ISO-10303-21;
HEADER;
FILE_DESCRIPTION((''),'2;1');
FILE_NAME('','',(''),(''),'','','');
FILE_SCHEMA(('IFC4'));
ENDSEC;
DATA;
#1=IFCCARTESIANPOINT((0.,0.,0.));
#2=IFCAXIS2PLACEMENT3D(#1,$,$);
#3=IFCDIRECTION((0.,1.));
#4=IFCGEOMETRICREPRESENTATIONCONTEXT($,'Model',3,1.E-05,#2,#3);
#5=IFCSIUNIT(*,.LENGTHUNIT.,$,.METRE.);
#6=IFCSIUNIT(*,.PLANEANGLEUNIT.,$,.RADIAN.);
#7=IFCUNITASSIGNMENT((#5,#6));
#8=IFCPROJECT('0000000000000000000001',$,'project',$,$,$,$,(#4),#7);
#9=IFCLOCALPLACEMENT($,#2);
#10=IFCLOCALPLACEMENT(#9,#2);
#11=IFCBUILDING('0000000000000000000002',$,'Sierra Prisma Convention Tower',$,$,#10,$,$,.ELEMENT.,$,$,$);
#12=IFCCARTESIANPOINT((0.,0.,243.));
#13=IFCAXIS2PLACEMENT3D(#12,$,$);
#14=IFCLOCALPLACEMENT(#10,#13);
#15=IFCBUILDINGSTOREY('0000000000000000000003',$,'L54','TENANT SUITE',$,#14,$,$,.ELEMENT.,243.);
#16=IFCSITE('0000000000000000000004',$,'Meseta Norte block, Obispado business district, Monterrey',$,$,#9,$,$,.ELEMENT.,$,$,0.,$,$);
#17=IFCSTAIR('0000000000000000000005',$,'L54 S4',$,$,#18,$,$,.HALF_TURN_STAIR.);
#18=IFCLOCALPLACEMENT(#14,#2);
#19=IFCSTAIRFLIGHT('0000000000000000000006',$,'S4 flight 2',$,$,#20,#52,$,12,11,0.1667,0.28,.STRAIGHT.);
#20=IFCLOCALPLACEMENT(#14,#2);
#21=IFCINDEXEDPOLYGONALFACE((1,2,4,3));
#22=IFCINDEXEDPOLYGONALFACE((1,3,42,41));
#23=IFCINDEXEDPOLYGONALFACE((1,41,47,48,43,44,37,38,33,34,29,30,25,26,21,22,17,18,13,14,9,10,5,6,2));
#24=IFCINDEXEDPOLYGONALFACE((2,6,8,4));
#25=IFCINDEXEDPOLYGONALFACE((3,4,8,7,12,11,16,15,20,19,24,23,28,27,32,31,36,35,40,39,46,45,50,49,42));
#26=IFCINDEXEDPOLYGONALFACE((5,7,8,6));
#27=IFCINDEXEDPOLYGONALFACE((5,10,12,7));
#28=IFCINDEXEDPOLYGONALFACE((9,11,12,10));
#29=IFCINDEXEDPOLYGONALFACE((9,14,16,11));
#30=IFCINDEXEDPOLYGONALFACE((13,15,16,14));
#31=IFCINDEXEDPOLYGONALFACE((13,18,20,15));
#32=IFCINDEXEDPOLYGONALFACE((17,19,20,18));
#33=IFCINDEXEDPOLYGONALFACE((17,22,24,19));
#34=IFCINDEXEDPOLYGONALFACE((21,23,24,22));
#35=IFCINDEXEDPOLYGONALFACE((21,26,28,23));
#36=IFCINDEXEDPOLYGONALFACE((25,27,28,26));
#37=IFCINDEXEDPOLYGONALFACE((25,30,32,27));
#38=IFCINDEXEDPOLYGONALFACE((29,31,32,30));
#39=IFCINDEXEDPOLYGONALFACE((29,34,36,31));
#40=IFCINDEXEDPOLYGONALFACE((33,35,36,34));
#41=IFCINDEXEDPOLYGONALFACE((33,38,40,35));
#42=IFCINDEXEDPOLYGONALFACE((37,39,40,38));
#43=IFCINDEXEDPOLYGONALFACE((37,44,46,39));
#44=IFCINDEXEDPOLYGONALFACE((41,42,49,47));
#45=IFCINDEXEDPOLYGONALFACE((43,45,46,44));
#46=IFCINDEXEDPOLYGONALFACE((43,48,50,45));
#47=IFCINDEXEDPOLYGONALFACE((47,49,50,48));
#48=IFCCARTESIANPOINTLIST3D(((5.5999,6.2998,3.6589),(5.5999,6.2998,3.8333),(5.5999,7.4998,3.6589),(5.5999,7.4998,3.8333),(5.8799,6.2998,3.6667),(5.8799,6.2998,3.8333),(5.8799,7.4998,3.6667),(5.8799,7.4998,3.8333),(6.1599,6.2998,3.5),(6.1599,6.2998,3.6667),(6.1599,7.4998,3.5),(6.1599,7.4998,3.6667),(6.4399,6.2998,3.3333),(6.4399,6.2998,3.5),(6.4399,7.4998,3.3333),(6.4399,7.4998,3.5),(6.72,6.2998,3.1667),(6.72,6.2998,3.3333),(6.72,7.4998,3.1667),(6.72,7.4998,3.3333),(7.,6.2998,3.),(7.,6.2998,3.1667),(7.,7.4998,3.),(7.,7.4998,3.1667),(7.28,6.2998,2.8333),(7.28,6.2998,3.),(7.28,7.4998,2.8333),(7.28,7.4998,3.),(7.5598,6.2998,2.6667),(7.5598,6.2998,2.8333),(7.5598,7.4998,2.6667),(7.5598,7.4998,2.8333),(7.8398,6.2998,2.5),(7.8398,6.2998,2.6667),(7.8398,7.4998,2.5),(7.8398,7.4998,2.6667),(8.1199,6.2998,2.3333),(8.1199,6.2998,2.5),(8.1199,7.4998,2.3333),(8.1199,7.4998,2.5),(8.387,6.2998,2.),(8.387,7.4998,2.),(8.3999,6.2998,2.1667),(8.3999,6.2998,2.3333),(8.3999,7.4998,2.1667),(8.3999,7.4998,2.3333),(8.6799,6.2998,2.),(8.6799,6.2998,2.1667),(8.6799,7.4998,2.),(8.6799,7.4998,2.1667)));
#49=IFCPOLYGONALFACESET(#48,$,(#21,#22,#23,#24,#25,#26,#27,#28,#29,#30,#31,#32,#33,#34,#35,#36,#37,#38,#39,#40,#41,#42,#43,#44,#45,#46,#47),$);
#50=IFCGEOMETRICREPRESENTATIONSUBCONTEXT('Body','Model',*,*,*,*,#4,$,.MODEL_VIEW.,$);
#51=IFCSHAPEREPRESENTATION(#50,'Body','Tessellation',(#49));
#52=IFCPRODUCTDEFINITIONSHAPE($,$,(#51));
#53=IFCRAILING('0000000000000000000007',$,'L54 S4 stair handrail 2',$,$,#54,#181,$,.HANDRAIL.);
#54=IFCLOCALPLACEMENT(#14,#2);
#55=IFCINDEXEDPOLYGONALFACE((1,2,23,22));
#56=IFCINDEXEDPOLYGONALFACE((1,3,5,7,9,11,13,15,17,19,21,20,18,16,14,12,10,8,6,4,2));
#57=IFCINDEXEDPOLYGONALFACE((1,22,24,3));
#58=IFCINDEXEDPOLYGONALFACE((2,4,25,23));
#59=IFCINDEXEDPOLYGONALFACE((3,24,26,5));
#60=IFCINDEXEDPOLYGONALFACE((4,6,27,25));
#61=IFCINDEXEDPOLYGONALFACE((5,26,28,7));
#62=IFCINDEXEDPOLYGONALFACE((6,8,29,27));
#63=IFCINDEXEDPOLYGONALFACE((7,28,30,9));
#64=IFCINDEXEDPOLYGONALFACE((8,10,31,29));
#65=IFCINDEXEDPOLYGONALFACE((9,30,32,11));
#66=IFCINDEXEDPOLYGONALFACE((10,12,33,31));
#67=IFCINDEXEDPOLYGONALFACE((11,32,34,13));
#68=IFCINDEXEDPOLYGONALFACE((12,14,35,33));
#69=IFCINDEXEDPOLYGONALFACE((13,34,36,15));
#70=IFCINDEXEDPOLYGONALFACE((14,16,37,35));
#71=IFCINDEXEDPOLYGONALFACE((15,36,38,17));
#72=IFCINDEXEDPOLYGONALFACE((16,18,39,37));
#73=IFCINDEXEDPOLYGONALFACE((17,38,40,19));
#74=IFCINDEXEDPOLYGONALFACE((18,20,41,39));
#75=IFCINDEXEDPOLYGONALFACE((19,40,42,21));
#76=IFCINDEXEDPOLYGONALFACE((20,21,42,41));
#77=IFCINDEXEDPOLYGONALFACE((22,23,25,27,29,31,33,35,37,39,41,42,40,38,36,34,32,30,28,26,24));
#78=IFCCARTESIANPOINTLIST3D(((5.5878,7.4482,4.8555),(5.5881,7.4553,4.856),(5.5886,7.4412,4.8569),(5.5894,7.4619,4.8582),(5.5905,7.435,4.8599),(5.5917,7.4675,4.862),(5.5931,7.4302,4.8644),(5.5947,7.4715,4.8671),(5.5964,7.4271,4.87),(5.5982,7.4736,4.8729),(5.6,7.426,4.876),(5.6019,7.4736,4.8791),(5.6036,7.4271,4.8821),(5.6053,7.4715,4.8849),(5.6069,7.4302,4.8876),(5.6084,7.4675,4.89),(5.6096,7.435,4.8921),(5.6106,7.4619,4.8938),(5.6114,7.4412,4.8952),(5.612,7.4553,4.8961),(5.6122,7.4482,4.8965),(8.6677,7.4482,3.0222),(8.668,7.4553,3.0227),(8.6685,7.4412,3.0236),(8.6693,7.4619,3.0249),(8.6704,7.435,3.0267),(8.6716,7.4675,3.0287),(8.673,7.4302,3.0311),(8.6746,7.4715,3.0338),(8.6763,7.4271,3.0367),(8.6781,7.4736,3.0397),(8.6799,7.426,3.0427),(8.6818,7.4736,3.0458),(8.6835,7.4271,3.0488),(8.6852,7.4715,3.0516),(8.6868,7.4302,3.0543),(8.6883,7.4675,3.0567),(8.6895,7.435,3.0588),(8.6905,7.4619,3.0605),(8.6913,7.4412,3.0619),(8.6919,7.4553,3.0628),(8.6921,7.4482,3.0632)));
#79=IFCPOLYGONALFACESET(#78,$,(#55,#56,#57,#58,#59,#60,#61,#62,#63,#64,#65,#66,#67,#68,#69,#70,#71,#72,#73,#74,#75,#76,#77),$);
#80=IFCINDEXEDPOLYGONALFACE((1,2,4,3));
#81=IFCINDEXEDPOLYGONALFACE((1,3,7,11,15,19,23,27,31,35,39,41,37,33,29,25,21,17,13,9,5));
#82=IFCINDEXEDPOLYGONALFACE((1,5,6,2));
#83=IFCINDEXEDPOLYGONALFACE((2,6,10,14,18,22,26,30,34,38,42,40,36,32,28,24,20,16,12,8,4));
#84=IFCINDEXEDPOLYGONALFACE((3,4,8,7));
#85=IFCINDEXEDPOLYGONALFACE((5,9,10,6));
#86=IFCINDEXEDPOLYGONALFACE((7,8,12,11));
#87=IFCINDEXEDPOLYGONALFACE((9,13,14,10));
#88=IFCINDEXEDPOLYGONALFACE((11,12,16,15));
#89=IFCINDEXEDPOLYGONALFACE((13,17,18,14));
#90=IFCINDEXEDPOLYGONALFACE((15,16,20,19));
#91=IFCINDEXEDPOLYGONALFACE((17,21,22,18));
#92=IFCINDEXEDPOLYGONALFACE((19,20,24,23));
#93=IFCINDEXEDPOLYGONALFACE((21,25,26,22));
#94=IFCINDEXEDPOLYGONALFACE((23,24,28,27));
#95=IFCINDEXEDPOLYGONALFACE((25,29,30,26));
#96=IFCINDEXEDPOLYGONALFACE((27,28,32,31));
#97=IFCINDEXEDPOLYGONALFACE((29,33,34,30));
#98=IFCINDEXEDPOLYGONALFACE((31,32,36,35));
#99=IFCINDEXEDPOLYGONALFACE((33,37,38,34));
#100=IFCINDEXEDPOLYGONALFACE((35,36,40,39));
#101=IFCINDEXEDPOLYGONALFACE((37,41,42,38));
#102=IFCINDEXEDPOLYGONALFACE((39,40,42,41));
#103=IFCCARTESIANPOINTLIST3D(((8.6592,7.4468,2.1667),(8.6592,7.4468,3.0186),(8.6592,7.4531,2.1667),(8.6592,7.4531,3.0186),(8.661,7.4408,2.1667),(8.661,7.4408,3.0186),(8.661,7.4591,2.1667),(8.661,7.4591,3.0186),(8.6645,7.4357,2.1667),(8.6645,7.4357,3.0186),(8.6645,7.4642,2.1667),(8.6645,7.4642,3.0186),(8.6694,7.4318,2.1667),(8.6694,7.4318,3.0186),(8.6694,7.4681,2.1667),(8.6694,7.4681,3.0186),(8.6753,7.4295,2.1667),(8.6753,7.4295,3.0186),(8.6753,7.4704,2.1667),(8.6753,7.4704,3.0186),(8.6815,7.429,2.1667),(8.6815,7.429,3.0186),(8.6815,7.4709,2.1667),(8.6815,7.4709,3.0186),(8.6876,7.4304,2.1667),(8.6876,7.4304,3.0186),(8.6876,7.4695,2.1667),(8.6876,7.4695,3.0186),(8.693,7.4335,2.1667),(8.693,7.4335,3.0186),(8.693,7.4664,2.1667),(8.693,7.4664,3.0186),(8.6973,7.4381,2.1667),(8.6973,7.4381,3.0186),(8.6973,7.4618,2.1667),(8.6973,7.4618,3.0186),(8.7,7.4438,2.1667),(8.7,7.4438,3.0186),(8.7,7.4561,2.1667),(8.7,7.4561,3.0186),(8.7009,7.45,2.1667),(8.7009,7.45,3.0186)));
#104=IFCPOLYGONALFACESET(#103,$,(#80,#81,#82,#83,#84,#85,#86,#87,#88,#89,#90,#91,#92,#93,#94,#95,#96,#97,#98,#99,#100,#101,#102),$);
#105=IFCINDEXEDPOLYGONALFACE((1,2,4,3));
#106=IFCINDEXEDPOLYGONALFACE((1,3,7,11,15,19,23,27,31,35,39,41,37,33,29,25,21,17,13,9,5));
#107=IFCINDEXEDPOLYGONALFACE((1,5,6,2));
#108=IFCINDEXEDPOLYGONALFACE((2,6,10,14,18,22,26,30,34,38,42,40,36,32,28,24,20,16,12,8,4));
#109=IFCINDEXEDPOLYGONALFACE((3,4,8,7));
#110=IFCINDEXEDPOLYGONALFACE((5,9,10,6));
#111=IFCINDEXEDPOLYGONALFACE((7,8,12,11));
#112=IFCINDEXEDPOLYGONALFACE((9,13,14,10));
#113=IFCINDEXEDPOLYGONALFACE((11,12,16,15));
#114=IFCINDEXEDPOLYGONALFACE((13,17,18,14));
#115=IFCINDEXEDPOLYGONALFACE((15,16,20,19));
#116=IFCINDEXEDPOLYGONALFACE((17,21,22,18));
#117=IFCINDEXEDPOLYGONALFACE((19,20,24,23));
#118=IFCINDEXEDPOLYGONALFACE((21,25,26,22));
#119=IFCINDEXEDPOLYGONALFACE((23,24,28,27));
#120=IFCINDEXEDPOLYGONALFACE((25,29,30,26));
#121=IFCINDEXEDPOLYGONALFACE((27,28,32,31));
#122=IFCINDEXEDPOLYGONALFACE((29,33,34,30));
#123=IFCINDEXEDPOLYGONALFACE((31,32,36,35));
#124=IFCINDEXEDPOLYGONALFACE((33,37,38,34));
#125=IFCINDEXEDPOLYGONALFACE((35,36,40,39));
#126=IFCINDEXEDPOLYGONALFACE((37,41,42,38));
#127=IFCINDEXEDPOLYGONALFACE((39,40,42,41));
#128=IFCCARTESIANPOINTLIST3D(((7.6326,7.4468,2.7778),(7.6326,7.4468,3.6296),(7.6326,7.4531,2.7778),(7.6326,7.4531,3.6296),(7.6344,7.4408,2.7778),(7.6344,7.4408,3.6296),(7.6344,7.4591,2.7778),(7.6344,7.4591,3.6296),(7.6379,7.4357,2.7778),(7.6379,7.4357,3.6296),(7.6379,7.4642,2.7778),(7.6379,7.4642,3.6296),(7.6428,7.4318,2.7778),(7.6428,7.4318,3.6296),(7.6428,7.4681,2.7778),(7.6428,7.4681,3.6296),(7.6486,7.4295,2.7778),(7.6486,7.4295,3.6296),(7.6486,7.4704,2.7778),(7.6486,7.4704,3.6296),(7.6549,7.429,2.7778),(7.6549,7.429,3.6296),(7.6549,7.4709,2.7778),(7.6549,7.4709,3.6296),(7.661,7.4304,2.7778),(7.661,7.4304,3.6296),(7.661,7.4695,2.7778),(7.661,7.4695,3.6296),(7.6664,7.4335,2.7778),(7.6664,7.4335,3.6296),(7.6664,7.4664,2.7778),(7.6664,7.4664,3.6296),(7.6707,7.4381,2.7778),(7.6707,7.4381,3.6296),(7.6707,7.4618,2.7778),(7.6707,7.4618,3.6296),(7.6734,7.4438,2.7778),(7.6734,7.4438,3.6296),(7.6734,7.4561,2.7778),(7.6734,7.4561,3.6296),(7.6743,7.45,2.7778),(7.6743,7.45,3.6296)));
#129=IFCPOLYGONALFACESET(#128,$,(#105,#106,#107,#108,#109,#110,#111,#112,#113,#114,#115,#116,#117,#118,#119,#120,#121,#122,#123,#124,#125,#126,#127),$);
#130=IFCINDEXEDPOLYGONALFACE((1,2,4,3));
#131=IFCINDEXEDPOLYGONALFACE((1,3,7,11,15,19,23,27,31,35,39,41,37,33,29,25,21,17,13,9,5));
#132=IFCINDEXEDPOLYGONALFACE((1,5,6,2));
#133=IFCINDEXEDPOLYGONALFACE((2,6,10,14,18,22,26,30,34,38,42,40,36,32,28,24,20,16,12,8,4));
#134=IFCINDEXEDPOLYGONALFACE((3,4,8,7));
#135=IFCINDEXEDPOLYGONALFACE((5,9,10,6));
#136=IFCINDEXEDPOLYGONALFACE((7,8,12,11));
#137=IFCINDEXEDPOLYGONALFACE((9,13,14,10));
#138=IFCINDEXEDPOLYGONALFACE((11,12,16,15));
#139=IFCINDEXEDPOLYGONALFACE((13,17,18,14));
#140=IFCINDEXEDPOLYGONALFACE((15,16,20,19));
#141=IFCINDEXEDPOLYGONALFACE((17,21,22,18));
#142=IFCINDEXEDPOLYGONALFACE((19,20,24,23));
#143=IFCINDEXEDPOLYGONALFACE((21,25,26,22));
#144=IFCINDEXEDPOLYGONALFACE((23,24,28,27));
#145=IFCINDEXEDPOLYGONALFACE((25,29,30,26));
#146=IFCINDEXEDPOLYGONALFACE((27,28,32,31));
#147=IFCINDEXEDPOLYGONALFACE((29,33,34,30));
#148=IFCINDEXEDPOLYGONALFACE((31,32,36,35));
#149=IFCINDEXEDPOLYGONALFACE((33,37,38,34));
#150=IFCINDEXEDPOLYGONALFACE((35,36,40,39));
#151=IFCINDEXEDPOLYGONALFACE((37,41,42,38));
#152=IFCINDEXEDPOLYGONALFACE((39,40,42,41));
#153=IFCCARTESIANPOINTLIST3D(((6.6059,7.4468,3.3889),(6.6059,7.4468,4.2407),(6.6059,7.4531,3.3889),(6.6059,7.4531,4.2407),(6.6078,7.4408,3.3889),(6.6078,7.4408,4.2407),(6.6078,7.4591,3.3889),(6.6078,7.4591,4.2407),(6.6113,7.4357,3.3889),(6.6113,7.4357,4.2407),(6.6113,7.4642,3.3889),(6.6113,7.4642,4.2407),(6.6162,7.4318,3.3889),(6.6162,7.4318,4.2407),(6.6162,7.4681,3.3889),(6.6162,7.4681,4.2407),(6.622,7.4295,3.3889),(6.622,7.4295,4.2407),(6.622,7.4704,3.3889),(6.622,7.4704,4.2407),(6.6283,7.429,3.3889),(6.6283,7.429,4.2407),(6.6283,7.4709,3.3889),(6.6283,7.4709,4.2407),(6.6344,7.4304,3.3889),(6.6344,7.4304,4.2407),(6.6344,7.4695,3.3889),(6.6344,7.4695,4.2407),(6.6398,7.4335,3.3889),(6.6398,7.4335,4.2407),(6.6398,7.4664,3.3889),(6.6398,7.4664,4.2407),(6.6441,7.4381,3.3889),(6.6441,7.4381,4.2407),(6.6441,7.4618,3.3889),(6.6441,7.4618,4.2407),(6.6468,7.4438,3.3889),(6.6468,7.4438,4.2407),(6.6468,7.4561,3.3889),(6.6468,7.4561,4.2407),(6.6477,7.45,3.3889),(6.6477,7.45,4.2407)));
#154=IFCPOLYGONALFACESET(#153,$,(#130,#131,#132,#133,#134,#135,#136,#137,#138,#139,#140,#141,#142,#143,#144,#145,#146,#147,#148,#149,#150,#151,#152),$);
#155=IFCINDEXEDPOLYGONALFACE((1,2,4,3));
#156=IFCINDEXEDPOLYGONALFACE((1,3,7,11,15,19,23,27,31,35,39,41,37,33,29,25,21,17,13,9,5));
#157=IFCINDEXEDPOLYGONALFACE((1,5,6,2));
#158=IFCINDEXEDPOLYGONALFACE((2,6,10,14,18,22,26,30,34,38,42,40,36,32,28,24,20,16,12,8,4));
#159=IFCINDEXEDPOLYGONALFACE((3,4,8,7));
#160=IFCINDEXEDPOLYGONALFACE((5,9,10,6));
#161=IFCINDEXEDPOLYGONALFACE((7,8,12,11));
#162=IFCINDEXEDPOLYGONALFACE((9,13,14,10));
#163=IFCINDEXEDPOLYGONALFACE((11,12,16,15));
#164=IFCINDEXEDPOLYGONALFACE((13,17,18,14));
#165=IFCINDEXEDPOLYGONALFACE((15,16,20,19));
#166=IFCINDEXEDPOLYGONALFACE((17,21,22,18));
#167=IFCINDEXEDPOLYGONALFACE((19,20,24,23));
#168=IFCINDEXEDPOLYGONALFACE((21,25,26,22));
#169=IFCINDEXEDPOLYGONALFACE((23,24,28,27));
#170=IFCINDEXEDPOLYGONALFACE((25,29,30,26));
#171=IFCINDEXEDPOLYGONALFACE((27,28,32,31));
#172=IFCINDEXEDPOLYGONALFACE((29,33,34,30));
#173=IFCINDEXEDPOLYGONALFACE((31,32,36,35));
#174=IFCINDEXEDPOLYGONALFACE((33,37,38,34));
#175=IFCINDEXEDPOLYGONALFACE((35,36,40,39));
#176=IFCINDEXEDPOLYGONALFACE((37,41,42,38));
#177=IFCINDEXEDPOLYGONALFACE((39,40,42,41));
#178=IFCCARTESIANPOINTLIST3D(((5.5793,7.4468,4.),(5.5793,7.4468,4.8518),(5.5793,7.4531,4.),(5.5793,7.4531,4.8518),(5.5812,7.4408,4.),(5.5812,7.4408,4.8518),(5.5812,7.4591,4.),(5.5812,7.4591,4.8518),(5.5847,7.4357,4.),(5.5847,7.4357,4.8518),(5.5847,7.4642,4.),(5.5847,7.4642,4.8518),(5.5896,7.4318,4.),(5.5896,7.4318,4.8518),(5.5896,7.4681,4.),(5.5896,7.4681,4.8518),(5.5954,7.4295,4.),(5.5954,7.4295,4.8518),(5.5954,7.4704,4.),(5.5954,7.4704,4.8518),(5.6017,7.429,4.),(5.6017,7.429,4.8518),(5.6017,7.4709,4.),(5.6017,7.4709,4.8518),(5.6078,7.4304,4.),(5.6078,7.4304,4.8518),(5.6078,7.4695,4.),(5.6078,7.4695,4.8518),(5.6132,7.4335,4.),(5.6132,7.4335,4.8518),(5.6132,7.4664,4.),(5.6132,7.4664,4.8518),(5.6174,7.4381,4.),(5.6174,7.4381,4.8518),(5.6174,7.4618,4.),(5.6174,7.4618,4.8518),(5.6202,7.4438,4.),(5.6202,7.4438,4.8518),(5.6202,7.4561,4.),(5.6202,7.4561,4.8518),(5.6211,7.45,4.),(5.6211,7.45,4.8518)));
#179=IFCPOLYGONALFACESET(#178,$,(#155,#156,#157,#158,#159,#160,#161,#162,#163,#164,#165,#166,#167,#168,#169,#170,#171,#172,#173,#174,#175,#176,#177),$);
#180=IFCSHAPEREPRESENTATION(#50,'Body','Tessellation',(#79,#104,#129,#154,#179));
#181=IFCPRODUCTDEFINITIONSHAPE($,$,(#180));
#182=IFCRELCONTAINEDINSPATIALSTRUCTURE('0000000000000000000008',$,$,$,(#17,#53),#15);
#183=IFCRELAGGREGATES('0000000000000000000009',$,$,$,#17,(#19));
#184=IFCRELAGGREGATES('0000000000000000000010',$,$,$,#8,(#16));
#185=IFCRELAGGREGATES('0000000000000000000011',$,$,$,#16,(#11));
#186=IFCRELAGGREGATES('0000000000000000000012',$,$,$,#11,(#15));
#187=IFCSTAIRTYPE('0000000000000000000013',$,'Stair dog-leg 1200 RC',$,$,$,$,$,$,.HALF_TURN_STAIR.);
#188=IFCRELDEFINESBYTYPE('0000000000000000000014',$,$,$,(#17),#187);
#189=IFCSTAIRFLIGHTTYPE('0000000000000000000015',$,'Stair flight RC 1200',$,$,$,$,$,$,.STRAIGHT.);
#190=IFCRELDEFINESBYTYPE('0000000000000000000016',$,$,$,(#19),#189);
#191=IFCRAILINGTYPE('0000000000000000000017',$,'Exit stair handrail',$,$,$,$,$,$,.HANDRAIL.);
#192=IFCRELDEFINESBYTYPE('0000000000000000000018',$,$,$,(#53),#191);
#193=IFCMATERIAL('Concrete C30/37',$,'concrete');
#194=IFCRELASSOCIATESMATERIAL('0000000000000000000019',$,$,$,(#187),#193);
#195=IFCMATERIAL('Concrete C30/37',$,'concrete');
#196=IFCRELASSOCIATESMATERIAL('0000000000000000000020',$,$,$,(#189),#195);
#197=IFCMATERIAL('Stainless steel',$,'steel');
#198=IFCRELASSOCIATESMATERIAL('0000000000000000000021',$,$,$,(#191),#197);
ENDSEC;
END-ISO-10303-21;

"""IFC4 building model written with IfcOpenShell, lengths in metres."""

from ifc_helpers import new_model, si_unit, direction, frame, origin, origin_2d, place, context, subcontext, project, spatial, polyline, circle, outline, extrude, material, type_object, element, aggregate, save


model = new_model("IFC4")

# Units and contexts
model_context = context("Model", 3, precision=1e-05, world=origin(), true_north=direction((0.0, 1.0)))
body_context = subcontext(model_context, "Body", "Model", "MODEL_VIEW")
ifc_project = project(units=[si_unit("LENGTHUNIT", "METRE"), si_unit("PLANEANGLEUNIT", "RADIAN")], contexts=[model_context])

# Site, building, storey
site_placement = place(None, origin())
site = spatial("IfcSite", under=ifc_project, at=site_placement, Name="Meseta Norte block, Obispado business district, Monterrey", CompositionType="ELEMENT", RefElevation=0.0)
building_placement = place(site_placement, origin())
building = spatial("IfcBuilding", under=site, at=building_placement, Name="Sierra Prisma Convention Tower", CompositionType="ELEMENT")
storey_placement = place(building_placement, frame((0.0, 0.0, 243.0)))
storey = spatial("IfcBuildingStorey", under=building, at=storey_placement, Name="L54", Description="TENANT SUITE", CompositionType="ELEMENT", Elevation=243.0)

# Stair, stair flight
ifc_material_1 = material(Name="Concrete C30/37", Category="concrete")
stair_type = type_object("IfcStairType", Name="Stair dog-leg 1200 RC", PredefinedType="HALF_TURN_STAIR", material=ifc_material_1)
stair_placement = place(storey_placement, origin())
stair = element("IfcStair", 1, at=stair_placement, inside=storey, type_object=stair_type, Name="L54 S4", PredefinedType="HALF_TURN_STAIR")
ifc_material_2 = material(Name="Concrete C30/37", Category="concrete")
stair_flight_type = type_object("IfcStairFlightType", Name="Stair flight RC 1200", PredefinedType="STRAIGHT", material=ifc_material_2)
stair_flight_placement = place(storey_placement, frame((8.6799, 6.8999, 2.0), z_axis=(0.0, 0.0, 1.0), x_axis=(-1.0, 0.0, 0.0)))
stair_flight = element("IfcStairFlight", 2, at=stair_flight_placement, type_object=stair_flight_type, Name="S4 flight 2", NumberOfRisers=12, NumberOfTreads=11, PredefinedType="STRAIGHT", RiserHeight=0.1667, TreadLength=0.28, context=body_context, shape_type="SweptSolid", body=[
    extrude(outline(polyline([(0.0, 0.0), (0.0, 0.1667), (0.28, 0.1667), (0.28, 0.3333), (0.5601, 0.3333), (0.5601, 0.5), (0.8401, 0.5), (0.8401, 0.6667), (1.1201, 0.6667), (1.1201, 0.8333), (1.3999, 0.8333), (1.3999, 1.0), (1.6799, 1.0), (1.6799, 1.1667), (1.96, 1.1667), (1.96, 1.3333), (2.24, 1.3333), (2.24, 1.5), (2.52, 1.5), (2.52, 1.6667), (2.8, 1.6667), (2.8, 1.8333), (3.0801, 1.8333), (3.0801, 2.0), (3.0801, 1.6589), (0.293, 0.0), (0.0, 0.0)])), frame((0.0, 0.6001, 0.0), z_axis=(0.0, -1.0, 0.0), x_axis=(1.0, 0.0, 0.0)), (0.0, 0.0, 1.0), 1.2),
])
aggregate(stair, [stair_flight])

# Railing
ifc_material_3 = material(Name="Stainless steel", Category="steel")
railing_type_1 = type_object("IfcRailingType", Name="Exit stair handrail", PredefinedType="HANDRAIL", material=ifc_material_3)
railing_1_placement = place(storey_placement, frame((8.6799, 7.45, 2.1667)))
element("IfcRailing", 3, at=railing_1_placement, inside=storey, type_object=railing_type_1, Name="L54 S4 stair handrail 2", PredefinedType="HANDRAIL", context=body_context, shape_type="SweptSolid", body=[
    extrude(circle(Radius=0.0239, at=origin_2d()), frame((0.0, 0.0, 0.876), z_axis=(-0.859291, 0.0, 0.511487), x_axis=(0.0, -1.0, 0.0)), (0.0, 0.0, 1.0), 3.5842),
    extrude(circle(Radius=0.021, at=origin_2d()), origin(), (0.0, 0.0, 1.0), 0.8518),
    extrude(circle(Radius=0.021, at=origin_2d()), frame((-1.0266, 0.0, 0.6111)), (0.0, 0.0, 1.0), 0.8518),
    extrude(circle(Radius=0.021, at=origin_2d()), frame((-2.0532, 0.0, 1.2222)), (0.0, 0.0, 1.0), 0.8518),
    extrude(circle(Radius=0.021, at=origin_2d()), frame((-3.0798, 0.0, 1.8333)), (0.0, 0.0, 1.0), 0.8518),
])

save(model, "model.ifc")
